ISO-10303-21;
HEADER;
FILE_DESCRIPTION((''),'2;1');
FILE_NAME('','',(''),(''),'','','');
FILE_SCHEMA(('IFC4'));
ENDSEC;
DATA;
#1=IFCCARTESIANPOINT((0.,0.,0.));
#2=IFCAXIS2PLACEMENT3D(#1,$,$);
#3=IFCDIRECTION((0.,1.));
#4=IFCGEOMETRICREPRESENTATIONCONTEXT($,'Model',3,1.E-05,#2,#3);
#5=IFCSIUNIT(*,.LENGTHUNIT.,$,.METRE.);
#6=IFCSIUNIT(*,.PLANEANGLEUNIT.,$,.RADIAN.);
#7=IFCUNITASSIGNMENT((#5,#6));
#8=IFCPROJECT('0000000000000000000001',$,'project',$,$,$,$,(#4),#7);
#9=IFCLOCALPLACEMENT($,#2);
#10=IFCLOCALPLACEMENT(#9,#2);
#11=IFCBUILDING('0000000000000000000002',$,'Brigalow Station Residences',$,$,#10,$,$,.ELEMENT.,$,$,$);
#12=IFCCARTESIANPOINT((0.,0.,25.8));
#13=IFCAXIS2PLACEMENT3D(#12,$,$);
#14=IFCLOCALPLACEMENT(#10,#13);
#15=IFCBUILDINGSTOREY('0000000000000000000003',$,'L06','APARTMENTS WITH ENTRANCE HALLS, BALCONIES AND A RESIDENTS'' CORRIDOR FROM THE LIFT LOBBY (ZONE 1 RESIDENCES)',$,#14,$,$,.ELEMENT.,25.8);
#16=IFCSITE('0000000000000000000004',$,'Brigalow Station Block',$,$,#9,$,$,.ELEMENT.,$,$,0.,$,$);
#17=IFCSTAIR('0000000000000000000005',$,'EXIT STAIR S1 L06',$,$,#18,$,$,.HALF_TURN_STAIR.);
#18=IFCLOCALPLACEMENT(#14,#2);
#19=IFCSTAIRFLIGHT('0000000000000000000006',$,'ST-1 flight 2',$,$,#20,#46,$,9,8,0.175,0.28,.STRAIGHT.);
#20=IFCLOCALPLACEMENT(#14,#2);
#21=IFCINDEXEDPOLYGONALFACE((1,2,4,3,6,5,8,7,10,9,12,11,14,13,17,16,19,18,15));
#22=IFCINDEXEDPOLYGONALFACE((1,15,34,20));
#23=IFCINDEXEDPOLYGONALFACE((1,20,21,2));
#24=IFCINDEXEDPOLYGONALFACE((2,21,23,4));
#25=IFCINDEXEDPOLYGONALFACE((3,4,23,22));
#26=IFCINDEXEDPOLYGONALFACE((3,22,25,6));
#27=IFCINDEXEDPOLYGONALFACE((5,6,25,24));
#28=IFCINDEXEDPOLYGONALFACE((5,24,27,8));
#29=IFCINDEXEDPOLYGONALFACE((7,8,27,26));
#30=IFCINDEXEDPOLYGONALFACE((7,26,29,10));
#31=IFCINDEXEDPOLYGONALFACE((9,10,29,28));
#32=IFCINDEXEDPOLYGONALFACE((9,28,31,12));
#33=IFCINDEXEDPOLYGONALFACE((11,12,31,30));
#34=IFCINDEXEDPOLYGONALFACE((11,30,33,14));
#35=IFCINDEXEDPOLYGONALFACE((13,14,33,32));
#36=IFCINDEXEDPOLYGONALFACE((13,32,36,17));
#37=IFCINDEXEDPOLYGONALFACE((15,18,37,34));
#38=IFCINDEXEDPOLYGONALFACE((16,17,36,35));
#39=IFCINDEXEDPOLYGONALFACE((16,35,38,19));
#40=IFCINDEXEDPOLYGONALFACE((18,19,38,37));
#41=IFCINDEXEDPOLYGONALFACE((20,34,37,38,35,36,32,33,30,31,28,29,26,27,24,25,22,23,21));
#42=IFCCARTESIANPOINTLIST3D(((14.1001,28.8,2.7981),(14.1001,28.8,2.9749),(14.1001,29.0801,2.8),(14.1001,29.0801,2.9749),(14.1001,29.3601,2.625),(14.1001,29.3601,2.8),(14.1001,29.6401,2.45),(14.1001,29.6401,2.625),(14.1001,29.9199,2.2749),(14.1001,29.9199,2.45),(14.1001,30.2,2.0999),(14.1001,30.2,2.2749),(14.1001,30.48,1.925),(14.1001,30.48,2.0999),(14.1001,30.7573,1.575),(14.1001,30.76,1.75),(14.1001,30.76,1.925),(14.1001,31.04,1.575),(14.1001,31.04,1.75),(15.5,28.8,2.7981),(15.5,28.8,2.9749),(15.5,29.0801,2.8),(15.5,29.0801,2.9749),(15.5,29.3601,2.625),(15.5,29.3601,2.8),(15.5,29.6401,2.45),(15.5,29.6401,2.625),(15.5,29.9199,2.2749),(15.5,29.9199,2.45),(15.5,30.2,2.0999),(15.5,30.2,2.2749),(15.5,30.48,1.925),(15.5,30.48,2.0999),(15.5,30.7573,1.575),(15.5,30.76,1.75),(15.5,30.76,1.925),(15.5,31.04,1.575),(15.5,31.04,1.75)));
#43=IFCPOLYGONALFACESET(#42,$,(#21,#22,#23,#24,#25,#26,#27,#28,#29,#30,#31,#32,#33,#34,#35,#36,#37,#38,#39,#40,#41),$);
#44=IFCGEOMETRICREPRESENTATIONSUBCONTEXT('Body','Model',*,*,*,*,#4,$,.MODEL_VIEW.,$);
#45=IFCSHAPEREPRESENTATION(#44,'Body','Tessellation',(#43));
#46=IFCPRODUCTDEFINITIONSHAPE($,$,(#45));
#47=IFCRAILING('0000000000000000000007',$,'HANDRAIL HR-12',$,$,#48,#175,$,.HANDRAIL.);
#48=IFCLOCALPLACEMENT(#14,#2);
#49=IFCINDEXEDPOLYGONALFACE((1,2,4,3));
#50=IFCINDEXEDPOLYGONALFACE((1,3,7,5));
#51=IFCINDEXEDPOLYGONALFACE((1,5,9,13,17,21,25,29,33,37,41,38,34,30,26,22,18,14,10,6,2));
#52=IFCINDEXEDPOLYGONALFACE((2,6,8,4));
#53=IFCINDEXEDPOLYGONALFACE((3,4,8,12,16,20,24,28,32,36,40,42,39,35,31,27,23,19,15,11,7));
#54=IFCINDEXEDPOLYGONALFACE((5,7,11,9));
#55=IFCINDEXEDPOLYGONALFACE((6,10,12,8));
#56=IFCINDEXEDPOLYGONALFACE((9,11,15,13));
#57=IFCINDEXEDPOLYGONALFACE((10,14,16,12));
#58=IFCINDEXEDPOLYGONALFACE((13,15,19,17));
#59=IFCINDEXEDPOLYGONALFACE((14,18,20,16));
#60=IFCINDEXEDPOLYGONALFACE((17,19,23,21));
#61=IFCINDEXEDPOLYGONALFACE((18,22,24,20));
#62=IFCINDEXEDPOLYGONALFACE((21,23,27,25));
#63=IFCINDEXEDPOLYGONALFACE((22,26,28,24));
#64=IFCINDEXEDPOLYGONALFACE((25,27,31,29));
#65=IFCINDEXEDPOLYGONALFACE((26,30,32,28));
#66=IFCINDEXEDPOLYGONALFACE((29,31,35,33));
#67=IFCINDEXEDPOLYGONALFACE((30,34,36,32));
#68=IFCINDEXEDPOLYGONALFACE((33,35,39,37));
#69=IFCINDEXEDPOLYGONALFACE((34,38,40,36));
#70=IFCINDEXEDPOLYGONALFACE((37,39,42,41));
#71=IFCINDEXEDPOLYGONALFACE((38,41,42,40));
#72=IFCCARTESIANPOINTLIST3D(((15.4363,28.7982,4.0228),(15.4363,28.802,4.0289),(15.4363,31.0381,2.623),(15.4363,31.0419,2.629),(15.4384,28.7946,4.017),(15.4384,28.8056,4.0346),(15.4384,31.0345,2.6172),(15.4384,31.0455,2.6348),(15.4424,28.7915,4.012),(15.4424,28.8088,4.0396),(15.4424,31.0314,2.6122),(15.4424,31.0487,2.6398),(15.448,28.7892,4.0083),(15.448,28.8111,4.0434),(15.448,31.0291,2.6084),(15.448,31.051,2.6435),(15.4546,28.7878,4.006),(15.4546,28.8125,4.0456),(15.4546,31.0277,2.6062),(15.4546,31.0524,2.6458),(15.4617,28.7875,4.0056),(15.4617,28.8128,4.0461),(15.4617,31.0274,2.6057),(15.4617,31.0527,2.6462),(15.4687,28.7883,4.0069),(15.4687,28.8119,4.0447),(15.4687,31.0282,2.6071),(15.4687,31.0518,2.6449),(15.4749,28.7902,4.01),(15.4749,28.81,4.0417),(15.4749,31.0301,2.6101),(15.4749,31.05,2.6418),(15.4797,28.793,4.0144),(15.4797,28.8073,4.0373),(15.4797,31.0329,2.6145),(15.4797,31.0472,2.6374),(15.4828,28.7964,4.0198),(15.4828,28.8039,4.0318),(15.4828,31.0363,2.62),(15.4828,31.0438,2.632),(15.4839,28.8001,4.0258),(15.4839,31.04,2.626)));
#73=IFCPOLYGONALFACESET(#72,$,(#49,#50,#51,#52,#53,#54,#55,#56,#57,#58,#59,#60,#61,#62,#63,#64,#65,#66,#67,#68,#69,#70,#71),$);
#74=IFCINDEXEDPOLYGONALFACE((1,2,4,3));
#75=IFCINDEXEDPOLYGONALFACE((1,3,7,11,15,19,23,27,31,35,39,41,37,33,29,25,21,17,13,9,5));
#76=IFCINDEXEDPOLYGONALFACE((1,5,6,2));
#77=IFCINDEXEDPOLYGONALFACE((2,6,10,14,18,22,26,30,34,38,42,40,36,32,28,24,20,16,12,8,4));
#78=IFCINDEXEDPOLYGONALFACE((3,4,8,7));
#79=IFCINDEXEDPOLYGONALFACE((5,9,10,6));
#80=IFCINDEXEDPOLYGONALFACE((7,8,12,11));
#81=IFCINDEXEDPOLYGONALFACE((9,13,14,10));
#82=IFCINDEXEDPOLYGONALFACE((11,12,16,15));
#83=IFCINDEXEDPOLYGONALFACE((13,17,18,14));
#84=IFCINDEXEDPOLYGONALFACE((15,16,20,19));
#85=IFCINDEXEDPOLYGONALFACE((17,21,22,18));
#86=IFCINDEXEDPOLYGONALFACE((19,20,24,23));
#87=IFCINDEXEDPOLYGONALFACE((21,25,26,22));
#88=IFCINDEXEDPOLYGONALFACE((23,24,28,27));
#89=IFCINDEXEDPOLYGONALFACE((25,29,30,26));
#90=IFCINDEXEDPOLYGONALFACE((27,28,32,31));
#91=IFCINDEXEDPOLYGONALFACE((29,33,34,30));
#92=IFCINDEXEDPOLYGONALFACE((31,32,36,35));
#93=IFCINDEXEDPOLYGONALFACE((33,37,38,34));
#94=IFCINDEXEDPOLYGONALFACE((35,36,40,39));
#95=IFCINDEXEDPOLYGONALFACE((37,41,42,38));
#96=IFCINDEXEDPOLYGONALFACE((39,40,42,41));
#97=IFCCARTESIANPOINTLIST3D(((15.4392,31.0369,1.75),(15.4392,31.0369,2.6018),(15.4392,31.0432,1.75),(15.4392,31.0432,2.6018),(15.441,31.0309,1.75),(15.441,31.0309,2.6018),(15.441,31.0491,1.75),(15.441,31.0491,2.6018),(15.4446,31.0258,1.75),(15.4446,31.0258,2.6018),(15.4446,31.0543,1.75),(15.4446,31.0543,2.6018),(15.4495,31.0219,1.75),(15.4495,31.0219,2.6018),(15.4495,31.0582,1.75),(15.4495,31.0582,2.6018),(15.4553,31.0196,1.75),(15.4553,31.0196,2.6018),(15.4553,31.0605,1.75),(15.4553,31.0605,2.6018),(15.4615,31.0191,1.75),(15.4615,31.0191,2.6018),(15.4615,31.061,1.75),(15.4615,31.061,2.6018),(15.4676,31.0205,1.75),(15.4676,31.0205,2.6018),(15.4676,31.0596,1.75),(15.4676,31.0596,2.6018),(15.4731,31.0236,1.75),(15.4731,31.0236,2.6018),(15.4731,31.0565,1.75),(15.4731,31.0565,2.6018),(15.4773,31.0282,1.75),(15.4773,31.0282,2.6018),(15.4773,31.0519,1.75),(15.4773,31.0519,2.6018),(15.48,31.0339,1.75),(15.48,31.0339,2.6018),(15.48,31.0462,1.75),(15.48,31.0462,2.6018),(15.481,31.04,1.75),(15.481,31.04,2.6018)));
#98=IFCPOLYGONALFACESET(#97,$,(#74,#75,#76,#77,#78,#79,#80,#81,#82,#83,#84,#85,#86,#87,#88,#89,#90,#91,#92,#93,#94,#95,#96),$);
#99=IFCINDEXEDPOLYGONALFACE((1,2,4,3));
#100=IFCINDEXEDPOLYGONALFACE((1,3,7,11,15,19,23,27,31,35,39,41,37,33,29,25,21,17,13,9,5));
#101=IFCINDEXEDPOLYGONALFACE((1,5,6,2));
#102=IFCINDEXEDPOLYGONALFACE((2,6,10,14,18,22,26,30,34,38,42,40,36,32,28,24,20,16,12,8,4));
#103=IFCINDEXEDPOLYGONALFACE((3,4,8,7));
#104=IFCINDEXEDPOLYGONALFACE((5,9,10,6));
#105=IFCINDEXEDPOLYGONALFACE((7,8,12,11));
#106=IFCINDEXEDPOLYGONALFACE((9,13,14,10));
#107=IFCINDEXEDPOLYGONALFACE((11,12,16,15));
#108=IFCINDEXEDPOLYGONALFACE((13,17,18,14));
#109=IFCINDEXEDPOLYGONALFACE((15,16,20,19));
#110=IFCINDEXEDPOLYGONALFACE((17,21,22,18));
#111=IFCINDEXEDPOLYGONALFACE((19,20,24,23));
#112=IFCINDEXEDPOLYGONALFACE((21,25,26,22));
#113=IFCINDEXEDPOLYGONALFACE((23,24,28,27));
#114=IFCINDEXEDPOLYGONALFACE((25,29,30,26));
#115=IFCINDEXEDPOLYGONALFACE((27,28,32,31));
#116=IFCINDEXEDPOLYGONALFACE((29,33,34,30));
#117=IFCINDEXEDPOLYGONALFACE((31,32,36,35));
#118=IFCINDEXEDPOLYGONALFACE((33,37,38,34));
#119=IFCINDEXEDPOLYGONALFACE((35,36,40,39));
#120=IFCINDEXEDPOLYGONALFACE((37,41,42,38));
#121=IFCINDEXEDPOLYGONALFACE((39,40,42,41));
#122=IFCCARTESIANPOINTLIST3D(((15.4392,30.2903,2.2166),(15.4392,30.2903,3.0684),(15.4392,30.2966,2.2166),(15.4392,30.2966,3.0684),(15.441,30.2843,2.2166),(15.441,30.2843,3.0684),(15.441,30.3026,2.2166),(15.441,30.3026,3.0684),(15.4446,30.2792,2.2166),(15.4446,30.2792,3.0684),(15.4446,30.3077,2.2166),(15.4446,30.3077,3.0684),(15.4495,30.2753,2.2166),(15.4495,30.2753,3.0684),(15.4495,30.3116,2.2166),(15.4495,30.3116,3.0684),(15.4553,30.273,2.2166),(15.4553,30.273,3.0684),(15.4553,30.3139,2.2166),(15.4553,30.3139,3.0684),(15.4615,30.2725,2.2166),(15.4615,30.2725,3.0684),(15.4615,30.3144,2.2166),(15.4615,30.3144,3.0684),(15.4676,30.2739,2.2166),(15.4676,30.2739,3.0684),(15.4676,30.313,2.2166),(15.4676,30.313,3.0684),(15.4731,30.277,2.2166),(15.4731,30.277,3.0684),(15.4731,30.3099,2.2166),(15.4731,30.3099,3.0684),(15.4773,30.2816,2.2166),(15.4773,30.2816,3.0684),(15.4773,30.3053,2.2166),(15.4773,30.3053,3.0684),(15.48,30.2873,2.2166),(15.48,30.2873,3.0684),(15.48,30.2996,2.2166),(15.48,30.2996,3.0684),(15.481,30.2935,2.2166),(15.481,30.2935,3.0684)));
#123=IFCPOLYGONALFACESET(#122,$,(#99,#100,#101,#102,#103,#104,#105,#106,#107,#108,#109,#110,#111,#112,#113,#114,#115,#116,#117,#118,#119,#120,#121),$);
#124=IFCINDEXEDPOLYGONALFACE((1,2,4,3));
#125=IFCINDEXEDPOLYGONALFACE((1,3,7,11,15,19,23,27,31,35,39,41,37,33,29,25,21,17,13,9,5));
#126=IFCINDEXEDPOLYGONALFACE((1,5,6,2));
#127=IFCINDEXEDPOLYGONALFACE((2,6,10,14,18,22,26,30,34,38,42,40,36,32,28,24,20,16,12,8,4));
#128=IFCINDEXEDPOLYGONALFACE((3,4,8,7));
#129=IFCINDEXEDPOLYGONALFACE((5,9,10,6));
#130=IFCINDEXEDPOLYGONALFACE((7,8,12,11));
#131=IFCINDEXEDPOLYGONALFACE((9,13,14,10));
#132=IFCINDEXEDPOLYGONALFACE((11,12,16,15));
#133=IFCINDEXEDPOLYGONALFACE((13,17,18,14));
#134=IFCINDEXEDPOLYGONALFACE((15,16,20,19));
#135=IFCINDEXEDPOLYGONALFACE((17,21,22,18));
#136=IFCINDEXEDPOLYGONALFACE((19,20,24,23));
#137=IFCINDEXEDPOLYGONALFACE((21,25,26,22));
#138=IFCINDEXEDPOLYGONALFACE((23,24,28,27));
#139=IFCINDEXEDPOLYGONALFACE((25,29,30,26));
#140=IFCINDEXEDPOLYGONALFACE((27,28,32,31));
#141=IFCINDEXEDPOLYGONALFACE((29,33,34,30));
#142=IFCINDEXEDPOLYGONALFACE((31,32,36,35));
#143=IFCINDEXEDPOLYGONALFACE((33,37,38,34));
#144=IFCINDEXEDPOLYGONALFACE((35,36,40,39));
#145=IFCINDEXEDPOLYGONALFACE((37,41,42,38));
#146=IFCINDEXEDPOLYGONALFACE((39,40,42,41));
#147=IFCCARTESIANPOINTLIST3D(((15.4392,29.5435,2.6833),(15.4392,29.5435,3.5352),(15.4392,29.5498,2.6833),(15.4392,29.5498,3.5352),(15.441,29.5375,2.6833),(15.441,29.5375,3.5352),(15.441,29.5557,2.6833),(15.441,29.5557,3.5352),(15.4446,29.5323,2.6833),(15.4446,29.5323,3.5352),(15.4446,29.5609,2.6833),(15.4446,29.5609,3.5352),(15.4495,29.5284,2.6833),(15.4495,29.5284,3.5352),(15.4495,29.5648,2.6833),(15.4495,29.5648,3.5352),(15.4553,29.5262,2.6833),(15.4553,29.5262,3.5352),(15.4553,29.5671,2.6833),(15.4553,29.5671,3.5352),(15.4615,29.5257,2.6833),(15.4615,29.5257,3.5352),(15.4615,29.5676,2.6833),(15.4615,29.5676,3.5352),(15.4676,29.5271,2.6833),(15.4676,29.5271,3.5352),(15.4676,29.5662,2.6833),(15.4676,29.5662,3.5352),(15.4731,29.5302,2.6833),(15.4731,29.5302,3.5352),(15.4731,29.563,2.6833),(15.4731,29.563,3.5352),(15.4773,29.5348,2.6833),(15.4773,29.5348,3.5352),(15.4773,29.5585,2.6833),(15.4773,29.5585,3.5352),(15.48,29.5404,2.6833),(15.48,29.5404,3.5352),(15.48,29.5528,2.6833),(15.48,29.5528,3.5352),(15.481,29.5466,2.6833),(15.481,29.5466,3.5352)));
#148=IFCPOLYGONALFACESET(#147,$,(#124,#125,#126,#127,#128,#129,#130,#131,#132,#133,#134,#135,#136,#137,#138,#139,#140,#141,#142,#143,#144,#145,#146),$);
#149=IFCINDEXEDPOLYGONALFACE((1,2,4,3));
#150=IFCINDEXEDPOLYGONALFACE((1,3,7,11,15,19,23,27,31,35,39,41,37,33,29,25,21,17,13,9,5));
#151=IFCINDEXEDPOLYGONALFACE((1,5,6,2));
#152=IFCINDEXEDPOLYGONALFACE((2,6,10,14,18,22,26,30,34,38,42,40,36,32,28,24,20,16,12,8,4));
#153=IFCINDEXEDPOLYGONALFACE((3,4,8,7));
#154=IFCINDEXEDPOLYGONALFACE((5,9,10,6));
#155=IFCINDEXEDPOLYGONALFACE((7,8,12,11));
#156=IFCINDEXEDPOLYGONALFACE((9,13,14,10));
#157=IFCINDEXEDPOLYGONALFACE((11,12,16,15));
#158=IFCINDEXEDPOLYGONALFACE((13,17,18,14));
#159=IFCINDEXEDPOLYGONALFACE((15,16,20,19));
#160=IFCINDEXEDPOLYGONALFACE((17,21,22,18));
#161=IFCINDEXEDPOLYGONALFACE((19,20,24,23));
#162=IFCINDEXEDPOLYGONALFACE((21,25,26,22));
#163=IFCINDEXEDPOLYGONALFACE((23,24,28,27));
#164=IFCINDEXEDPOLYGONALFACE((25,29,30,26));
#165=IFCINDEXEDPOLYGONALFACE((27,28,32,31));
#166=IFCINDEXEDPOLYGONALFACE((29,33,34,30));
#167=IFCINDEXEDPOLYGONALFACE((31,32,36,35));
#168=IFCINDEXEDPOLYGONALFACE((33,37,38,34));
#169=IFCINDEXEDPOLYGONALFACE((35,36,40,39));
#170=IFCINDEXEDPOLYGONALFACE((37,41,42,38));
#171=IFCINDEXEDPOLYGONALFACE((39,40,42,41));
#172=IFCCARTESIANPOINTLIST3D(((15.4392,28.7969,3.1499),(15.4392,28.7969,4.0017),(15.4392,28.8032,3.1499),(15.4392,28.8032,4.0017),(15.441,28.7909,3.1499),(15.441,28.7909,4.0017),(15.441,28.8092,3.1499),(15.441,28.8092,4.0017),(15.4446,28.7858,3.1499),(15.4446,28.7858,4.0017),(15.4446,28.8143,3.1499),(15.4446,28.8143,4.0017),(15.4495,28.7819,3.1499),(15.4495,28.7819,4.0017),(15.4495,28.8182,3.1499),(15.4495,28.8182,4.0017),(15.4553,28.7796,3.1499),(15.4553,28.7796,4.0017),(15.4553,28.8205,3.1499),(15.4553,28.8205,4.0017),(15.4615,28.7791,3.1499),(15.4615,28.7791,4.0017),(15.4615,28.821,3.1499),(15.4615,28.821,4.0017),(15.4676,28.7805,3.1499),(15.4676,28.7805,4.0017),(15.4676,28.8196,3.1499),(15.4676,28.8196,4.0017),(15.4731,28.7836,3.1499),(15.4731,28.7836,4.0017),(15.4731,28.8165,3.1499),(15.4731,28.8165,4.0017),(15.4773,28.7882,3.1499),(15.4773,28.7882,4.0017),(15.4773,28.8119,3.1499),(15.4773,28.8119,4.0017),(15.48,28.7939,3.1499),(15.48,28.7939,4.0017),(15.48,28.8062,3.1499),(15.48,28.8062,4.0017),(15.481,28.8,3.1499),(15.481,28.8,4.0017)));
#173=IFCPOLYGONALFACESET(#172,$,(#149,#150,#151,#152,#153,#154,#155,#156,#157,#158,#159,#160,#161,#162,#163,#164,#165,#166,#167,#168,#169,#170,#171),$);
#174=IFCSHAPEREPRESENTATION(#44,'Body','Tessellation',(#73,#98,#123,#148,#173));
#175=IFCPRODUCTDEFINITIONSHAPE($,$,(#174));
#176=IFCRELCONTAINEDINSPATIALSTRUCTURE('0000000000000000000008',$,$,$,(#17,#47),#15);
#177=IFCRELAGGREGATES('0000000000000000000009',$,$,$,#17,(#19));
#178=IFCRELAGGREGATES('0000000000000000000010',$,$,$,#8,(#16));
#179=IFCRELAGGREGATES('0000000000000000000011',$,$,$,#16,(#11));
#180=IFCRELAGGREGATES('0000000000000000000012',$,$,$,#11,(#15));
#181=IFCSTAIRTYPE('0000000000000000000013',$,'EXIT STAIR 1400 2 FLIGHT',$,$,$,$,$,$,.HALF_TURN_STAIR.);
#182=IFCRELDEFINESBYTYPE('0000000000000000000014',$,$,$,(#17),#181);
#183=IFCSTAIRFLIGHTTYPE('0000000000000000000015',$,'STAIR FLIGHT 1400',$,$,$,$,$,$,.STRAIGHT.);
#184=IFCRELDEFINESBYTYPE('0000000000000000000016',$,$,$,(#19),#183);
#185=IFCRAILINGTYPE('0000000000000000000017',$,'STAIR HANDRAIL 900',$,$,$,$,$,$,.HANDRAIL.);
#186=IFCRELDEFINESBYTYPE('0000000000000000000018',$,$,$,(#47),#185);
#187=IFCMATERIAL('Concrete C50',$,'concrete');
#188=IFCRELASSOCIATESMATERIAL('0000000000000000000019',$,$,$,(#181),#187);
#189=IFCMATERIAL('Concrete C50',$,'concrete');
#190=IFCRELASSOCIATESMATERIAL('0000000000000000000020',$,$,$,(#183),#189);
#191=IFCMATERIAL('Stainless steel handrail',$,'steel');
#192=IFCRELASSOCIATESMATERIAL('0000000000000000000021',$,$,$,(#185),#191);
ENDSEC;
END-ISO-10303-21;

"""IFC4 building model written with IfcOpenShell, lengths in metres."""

from ifc_helpers import new_model, si_unit, direction, frame, origin, origin_2d, place, context, subcontext, project, spatial, polyline, circle, outline, extrude, material, type_object, element, aggregate, save


model = new_model("IFC4")

# Units and contexts
model_context = context("Model", 3, precision=1e-05, world=origin(), true_north=direction((0.0, 1.0)))
body_context = subcontext(model_context, "Body", "Model", "MODEL_VIEW")
ifc_project = project(units=[si_unit("LENGTHUNIT", "METRE"), si_unit("PLANEANGLEUNIT", "RADIAN")], contexts=[model_context])

# Site, building, storey
site_placement = place(None, origin())
site = spatial("IfcSite", under=ifc_project, at=site_placement, Name="Brigalow Station Block", CompositionType="ELEMENT", RefElevation=0.0)
building_placement = place(site_placement, origin())
building = spatial("IfcBuilding", under=site, at=building_placement, Name="Brigalow Station Residences", CompositionType="ELEMENT")
storey_placement = place(building_placement, frame((0.0, 0.0, 25.8)))
storey = spatial("IfcBuildingStorey", under=building, at=storey_placement, Name="L06", Description="APARTMENTS WITH ENTRANCE HALLS, BALCONIES AND A RESIDENTS' CORRIDOR FROM THE LIFT LOBBY (ZONE 1 RESIDENCES)", CompositionType="ELEMENT", Elevation=25.8)

# Stair, stair flight
ifc_material_1 = material(Name="Concrete C50", Category="concrete")
stair_type = type_object("IfcStairType", Name="EXIT STAIR 1400 2 FLIGHT", PredefinedType="HALF_TURN_STAIR", material=ifc_material_1)
stair_placement = place(storey_placement, origin())
stair = element("IfcStair", 1, at=stair_placement, inside=storey, type_object=stair_type, Name="EXIT STAIR S1 L06", PredefinedType="HALF_TURN_STAIR")
ifc_material_2 = material(Name="Concrete C50", Category="concrete")
stair_flight_type = type_object("IfcStairFlightType", Name="STAIR FLIGHT 1400", PredefinedType="STRAIGHT", material=ifc_material_2)
stair_flight_placement = place(storey_placement, frame((14.8, 31.04, 1.575), z_axis=(0.0, 0.0, 1.0), x_axis=(0.0, -1.0, 0.0)))
stair_flight = element("IfcStairFlight", 2, at=stair_flight_placement, type_object=stair_flight_type, Name="ST-1 flight 2", NumberOfRisers=9, NumberOfTreads=8, PredefinedType="STRAIGHT", RiserHeight=0.175, TreadLength=0.28, context=body_context, shape_type="SweptSolid", body=[
    extrude(outline(polyline([(0.0, 0.0), (0.0, 0.175), (0.28, 0.175), (0.28, 0.3501), (0.5601, 0.3501), (0.5601, 0.5249), (0.8401, 0.5249), (0.8401, 0.7), (1.1201, 0.7), (1.1201, 0.875), (1.3999, 0.875), (1.3999, 1.05), (1.6799, 1.05), (1.6799, 1.2251), (1.96, 1.2251), (1.96, 1.3999), (2.24, 1.3999), (2.24, 1.575), (2.24, 1.2231), (0.2827, 0.0), (0.0, 0.0)])), frame((0.0, 0.7, 0.0), z_axis=(0.0, -1.0, 0.0), x_axis=(1.0, 0.0, 0.0)), (0.0, 0.0, 1.0), 1.3999),
])
aggregate(stair, [stair_flight])

# Railing
ifc_material_3 = material(Name="Stainless steel handrail", Category="steel")
railing_type_1 = type_object("IfcRailingType", Name="STAIR HANDRAIL 900", PredefinedType="HANDRAIL", material=ifc_material_3)
railing_1_placement = place(storey_placement, frame((15.46, 31.04, 1.75)))
element("IfcRailing", 3, at=railing_1_placement, inside=storey, type_object=railing_type_1, Name="HANDRAIL HR-12", PredefinedType="HANDRAIL", context=body_context, shape_type="SweptSolid", body=[
    extrude(circle(Radius=0.0239, at=origin_2d()), frame((0.0, 0.0, 0.876), z_axis=(0.0, -0.848014, 0.529974), x_axis=(1.0, 0.0, 0.0)), (0.0, 0.0, 1.0), 2.6414),
    extrude(circle(Radius=0.021, at=origin_2d()), origin(), (0.0, 0.0, 1.0), 0.8518),
    extrude(circle(Radius=0.021, at=origin_2d()), frame((0.0, -0.7466, 0.4666)), (0.0, 0.0, 1.0), 0.8518),
    extrude(circle(Radius=0.021, at=origin_2d()), frame((0.0, -1.4934, 0.9333)), (0.0, 0.0, 1.0), 0.8518),
    extrude(circle(Radius=0.021, at=origin_2d()), frame((0.0, -2.24, 1.3999)), (0.0, 0.0, 1.0), 0.8518),
])

save(model, "model.ifc")
